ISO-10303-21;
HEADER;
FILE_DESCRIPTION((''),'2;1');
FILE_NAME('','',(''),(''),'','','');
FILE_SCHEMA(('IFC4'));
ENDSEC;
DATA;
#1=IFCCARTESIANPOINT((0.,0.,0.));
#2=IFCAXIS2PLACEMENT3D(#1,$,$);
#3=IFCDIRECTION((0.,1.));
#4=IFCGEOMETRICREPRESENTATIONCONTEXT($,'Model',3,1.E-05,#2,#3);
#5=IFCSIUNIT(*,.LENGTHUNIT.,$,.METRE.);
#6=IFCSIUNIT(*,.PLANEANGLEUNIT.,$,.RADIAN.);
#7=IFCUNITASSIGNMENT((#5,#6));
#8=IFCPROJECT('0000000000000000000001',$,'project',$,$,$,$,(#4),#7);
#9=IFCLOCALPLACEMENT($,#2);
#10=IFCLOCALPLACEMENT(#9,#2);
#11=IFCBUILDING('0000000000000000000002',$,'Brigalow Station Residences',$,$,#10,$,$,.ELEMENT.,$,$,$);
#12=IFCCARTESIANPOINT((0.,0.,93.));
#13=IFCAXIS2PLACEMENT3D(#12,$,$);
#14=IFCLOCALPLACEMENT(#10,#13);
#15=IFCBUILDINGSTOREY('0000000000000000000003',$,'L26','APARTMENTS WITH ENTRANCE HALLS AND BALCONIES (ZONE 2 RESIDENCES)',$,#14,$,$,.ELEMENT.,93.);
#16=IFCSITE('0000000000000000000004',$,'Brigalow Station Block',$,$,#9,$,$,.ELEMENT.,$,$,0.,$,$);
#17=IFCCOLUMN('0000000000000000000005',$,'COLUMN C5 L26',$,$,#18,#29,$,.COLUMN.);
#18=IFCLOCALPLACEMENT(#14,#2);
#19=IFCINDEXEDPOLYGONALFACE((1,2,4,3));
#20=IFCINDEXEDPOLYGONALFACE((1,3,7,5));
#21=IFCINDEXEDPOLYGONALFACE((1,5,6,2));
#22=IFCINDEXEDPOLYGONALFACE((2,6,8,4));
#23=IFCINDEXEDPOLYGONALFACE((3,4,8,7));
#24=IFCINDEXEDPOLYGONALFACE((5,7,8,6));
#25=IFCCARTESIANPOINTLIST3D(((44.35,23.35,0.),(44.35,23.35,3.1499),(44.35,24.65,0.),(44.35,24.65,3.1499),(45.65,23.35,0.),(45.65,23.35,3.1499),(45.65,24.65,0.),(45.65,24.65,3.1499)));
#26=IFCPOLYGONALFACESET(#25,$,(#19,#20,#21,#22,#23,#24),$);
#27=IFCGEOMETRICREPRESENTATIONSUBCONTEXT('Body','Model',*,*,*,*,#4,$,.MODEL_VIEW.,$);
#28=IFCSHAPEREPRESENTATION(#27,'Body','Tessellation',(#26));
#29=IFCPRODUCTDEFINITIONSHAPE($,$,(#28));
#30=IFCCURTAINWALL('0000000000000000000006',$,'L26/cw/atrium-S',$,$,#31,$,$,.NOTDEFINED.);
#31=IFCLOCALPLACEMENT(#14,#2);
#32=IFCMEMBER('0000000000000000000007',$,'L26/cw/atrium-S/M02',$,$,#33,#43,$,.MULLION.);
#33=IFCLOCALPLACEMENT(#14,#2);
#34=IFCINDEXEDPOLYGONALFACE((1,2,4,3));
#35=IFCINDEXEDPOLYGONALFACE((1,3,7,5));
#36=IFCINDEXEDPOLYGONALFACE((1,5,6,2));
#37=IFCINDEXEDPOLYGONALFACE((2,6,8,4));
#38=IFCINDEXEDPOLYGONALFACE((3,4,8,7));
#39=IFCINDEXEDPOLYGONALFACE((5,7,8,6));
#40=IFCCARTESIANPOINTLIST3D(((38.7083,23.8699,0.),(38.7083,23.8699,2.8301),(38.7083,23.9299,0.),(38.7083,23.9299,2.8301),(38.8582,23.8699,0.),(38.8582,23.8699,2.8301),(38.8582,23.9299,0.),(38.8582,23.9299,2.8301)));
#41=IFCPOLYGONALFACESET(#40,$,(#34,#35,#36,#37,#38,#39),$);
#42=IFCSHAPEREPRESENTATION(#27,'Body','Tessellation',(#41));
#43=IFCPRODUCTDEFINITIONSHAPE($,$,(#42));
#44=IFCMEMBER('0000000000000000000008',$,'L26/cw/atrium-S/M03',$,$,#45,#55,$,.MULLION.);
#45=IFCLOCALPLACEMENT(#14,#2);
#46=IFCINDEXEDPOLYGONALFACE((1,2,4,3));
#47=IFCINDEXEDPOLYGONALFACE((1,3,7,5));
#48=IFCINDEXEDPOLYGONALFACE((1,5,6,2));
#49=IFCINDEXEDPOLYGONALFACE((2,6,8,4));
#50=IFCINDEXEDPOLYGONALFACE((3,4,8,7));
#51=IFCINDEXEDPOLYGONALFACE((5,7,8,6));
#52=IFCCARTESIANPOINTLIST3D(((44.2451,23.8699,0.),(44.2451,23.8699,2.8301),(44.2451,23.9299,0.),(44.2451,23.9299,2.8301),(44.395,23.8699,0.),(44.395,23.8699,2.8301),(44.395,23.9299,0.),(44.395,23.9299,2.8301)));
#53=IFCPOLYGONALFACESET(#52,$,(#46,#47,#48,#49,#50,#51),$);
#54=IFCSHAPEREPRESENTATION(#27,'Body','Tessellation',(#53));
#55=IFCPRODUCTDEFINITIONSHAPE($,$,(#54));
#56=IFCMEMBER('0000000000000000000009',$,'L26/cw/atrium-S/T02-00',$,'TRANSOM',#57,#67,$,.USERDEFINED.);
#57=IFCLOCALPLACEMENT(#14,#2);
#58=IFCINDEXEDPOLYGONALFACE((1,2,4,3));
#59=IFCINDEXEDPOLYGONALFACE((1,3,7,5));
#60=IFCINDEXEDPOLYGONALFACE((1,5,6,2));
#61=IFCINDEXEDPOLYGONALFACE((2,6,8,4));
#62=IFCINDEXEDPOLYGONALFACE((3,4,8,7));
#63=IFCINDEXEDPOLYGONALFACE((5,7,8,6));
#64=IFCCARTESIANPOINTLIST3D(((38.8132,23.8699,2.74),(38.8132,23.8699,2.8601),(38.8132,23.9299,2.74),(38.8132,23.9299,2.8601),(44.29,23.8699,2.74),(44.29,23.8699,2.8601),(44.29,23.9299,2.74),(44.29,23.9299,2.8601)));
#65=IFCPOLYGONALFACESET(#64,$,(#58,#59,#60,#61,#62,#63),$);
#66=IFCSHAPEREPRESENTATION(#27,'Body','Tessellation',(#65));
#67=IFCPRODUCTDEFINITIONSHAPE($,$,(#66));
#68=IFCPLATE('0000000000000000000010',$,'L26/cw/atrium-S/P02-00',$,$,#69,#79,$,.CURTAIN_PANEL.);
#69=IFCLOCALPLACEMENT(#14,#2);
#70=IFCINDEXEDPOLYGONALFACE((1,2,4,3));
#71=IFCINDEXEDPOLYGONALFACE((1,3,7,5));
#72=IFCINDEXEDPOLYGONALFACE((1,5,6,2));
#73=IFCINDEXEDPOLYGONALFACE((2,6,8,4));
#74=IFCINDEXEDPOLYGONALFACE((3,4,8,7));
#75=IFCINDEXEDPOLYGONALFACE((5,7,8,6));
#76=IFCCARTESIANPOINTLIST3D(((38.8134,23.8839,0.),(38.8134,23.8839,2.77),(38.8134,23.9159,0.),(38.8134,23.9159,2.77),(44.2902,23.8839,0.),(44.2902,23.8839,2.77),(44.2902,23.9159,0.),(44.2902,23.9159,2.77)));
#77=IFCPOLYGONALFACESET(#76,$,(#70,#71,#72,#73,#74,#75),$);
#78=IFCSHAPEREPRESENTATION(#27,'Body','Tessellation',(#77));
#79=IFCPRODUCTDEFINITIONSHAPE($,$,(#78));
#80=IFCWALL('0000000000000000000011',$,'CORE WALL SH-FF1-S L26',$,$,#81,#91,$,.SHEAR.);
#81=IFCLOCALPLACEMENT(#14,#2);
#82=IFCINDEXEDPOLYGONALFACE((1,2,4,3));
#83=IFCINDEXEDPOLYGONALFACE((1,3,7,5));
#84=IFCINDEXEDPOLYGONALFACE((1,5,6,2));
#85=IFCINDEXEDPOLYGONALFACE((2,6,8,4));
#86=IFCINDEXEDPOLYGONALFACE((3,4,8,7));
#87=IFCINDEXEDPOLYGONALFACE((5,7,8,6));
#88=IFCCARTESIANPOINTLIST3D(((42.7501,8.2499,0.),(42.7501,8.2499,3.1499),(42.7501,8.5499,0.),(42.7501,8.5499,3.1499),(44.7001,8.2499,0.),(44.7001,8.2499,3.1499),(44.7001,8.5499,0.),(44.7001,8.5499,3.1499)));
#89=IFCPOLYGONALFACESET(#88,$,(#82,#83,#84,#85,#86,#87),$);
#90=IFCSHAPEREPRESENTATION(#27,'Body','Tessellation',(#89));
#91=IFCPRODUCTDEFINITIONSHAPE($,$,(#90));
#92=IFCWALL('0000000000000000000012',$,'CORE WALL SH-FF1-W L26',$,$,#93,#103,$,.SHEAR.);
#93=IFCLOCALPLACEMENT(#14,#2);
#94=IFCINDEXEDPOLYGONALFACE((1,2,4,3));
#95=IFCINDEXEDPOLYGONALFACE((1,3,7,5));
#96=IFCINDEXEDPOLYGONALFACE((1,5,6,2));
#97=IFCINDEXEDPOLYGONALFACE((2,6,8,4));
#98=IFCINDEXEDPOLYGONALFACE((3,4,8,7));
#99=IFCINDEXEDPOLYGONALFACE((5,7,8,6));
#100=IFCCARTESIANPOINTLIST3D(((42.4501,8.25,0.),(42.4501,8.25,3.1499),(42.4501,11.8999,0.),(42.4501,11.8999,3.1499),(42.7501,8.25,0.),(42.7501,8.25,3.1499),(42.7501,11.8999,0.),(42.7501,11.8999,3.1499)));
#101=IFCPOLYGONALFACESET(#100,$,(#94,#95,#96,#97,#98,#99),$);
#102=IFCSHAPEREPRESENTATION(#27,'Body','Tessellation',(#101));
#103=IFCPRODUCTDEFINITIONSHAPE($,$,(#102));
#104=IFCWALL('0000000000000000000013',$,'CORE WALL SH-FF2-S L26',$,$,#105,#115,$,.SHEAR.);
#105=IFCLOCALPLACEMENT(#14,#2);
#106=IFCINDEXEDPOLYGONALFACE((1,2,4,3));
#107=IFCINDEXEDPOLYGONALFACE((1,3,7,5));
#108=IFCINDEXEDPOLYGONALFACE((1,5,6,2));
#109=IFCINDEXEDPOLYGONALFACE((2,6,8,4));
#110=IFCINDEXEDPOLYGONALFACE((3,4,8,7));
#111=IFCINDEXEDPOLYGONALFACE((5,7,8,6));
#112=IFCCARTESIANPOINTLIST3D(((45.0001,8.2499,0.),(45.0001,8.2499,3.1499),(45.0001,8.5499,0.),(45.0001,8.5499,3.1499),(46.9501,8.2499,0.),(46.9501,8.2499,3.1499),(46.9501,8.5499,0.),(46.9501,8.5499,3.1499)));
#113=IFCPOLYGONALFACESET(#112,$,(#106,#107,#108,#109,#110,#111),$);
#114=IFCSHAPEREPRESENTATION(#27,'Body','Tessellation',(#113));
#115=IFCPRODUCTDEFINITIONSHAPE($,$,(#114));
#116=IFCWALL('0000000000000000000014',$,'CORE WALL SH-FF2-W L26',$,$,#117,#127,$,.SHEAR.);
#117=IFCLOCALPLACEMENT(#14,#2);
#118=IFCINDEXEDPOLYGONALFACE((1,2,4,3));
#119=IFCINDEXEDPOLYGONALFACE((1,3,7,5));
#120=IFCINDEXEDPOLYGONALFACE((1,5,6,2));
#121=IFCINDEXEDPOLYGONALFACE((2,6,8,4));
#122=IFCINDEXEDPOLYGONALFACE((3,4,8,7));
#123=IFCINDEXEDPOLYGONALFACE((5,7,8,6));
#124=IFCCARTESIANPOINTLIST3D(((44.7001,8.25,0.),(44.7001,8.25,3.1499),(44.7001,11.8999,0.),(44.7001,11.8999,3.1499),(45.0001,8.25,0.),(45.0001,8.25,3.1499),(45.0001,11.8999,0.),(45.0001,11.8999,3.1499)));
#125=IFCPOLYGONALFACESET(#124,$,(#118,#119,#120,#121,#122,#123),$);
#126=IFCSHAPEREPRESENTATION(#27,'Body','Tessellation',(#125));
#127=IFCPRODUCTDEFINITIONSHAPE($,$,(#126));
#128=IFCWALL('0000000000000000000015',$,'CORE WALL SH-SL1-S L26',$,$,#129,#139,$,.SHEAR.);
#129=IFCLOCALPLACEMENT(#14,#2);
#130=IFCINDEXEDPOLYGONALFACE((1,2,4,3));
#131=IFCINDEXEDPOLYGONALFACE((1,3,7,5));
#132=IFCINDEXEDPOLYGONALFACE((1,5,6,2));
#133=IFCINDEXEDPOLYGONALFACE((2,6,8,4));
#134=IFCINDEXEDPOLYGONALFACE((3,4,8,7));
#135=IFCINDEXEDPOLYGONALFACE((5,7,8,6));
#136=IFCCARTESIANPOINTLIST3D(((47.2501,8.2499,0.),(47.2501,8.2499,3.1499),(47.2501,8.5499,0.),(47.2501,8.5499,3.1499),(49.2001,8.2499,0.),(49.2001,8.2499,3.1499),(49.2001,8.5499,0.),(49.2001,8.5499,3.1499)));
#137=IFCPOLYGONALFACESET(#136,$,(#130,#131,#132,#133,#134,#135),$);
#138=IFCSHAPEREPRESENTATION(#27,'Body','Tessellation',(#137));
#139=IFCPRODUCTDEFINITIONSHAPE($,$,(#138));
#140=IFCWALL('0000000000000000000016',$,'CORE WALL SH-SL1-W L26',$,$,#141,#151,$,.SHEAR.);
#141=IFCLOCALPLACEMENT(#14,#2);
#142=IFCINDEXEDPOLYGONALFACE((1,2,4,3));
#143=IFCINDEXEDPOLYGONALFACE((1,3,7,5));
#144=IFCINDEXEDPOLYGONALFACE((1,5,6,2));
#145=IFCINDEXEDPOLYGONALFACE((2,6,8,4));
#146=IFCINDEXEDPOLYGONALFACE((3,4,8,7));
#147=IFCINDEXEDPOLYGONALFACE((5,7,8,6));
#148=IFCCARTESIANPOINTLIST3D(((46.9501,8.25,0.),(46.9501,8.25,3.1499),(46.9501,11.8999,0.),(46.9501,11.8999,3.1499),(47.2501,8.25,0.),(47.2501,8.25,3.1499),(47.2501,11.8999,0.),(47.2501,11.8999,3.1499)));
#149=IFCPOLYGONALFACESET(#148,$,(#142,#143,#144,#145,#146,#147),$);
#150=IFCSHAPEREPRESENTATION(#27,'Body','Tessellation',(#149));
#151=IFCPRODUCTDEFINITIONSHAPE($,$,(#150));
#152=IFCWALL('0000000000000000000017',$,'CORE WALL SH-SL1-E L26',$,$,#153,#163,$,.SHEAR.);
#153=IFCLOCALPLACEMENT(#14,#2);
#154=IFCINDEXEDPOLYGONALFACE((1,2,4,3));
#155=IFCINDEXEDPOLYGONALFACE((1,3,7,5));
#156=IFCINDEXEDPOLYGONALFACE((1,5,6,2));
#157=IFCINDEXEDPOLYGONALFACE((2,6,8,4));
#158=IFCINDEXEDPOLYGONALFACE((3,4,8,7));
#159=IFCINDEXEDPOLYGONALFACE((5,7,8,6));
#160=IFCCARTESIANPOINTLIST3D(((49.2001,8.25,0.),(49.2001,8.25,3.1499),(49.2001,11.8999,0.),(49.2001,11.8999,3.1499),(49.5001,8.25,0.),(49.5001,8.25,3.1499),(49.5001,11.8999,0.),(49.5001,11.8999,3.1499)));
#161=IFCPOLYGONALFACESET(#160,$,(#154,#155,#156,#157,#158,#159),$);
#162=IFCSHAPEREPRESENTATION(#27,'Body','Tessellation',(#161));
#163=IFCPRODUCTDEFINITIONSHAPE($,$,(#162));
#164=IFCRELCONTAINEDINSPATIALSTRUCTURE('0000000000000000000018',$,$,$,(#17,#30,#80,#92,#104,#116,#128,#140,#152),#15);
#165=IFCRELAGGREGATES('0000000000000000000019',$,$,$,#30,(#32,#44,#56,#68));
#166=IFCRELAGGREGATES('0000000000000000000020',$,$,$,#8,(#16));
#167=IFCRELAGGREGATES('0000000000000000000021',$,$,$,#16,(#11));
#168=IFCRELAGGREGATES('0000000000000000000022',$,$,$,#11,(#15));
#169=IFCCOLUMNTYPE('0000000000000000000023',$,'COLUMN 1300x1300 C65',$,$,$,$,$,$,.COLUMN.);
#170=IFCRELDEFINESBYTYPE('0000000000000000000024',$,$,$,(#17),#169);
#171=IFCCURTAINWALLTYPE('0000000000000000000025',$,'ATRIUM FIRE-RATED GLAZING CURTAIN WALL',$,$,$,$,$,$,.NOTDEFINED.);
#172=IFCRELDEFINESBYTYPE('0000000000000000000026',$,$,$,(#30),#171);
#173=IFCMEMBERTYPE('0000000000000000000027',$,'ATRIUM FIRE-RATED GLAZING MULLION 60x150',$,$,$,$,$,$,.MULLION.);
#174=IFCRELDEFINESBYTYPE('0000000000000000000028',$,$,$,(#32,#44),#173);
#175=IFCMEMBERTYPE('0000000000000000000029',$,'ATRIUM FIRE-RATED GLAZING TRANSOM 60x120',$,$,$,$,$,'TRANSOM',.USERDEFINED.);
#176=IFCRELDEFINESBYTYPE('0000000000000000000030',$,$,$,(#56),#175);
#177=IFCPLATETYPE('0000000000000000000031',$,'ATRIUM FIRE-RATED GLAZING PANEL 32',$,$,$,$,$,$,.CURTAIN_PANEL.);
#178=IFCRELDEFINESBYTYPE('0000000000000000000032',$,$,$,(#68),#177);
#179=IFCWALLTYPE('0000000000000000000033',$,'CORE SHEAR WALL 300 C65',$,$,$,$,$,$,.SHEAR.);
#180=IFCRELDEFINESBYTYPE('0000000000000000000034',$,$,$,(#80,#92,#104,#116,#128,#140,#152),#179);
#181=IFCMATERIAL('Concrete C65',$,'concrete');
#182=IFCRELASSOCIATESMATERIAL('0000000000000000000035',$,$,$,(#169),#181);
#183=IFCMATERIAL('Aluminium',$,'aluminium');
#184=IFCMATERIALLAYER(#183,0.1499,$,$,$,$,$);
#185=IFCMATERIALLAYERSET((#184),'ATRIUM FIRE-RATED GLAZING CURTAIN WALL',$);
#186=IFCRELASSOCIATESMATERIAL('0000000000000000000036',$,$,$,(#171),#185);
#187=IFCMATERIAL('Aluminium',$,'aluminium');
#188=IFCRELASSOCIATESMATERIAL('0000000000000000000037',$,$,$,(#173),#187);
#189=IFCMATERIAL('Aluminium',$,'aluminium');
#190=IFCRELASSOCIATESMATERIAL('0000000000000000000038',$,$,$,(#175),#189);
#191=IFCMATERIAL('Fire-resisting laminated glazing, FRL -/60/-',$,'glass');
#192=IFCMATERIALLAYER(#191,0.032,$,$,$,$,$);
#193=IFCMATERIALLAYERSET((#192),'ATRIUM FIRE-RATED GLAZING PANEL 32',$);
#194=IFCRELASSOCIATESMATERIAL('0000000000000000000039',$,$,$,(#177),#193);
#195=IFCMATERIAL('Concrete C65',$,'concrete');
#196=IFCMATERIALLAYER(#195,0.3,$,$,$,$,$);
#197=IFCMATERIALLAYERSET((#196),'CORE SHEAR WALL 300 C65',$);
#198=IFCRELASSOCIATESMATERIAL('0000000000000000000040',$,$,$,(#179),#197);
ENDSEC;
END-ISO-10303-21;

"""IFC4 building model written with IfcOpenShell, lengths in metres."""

from ifc_helpers import new_model, si_unit, direction, frame, frame_2d, origin, origin_2d, place, context, subcontext, project, spatial, rectangle, extrude, material, layer, layer_set, material_profile, profile_set, type_object, element, aggregate, save


model = new_model("IFC4")

# Units and contexts
model_context = context("Model", 3, precision=1e-05, world=origin(), true_north=direction((0.0, 1.0)))
body_context = subcontext(model_context, "Body", "Model", "MODEL_VIEW")
ifc_project = project(units=[si_unit("LENGTHUNIT", "METRE"), si_unit("PLANEANGLEUNIT", "RADIAN")], contexts=[model_context])

# Site, building, storey
site_placement = place(None, origin())
site = spatial("IfcSite", under=ifc_project, at=site_placement, Name="Brigalow Station Block", CompositionType="ELEMENT", RefElevation=0.0)
building_placement = place(site_placement, origin())
building = spatial("IfcBuilding", under=site, at=building_placement, Name="Brigalow Station Residences", CompositionType="ELEMENT")
storey_placement = place(building_placement, frame((0.0, 0.0, 93.0)))
storey = spatial("IfcBuildingStorey", under=building, at=storey_placement, Name="L26", Description="APARTMENTS WITH ENTRANCE HALLS AND BALCONIES (ZONE 2 RESIDENCES)", CompositionType="ELEMENT", Elevation=93.0)

# Column
ifc_material_1 = material(Name="Concrete C65", Category="concrete")
ifc_material_profile_1 = material_profile(ifc_material_1, rectangle(XDim=1.3, YDim=1.3, at=origin_2d()), Name="RC1300x1300")
ifc_profile_set_1 = profile_set([ifc_material_profile_1], Name="Concrete C65")
column_type = type_object("IfcColumnType", Name="COLUMN 1300x1300 C65", PredefinedType="COLUMN", material=ifc_profile_set_1)
column_placement = place(storey_placement, frame((45.0, 24.0, 0.0), z_axis=(0.0, 0.0, 1.0), x_axis=(1.0, 0.0, 0.0)))
element("IfcColumn", 1, at=column_placement, inside=storey, type_object=column_type, Name="COLUMN C5 L26", PredefinedType="COLUMN", context=body_context, shape_type="SweptSolid", body=[
    extrude(rectangle(XDim=1.3, YDim=1.3, at=origin_2d()), origin(), (0.0, 0.0, 1.0), 3.1499),
])

# Curtain wall, members, plate
ifc_material_2 = material(Name="Aluminium", Category="aluminium")
ifc_layer_1 = layer(ifc_material_2, 0.1499)
ifc_layer_set_1 = layer_set([ifc_layer_1], Name="ATRIUM FIRE-RATED GLAZING CURTAIN WALL")
curtain_wall_type = type_object("IfcCurtainWallType", Name="ATRIUM FIRE-RATED GLAZING CURTAIN WALL", PredefinedType="NOTDEFINED", material=ifc_layer_set_1)
curtain_wall_placement = place(storey_placement, origin())
curtain_wall = element("IfcCurtainWall", 2, at=curtain_wall_placement, inside=storey, type_object=curtain_wall_type, Name="L26/cw/atrium-S", PredefinedType="NOTDEFINED")
ifc_material_3 = material(Name="Aluminium", Category="aluminium")
ifc_material_profile_2 = material_profile(ifc_material_3, rectangle(XDim=0.0601, YDim=0.1499, at=origin_2d()), Name="ATRIUM FIRE-RATED GLAZING MULLION 60x150")
ifc_profile_set_2 = profile_set([ifc_material_profile_2], Name="Aluminium")
member_type_1 = type_object("IfcMemberType", Name="ATRIUM FIRE-RATED GLAZING MULLION 60x150", PredefinedType="MULLION", material=ifc_profile_set_2)
member_1_placement = place(storey_placement, frame((38.7832, 23.8999, 0.0), z_axis=(0.0, 0.0, 1.0), x_axis=(0.0, 1.0, 0.0)))
member_1 = element("IfcMember", 3, at=member_1_placement, type_object=member_type_1, Name="L26/cw/atrium-S/M02", PredefinedType="MULLION", context=body_context, shape_type="SweptSolid", body=[
    extrude(rectangle(XDim=0.0601, YDim=0.1499, at=origin_2d()), origin(), (0.0, 0.0, 1.0), 2.8301),
])
member_2_placement = place(storey_placement, frame((44.3201, 23.8999, 0.0), z_axis=(0.0, 0.0, 1.0), x_axis=(0.0, 1.0, 0.0)))
member_2 = element("IfcMember", 4, at=member_2_placement, type_object=member_type_1, Name="L26/cw/atrium-S/M03", PredefinedType="MULLION", context=body_context, shape_type="SweptSolid", body=[
    extrude(rectangle(XDim=0.0601, YDim=0.1499, at=origin_2d()), origin(), (0.0, 0.0, 1.0), 2.8301),
])
ifc_material_4 = material(Name="Aluminium", Category="aluminium")
ifc_material_profile_3 = material_profile(ifc_material_4, rectangle(XDim=0.0601, YDim=0.1201, at=origin_2d()), Name="ATRIUM FIRE-RATED GLAZING TRANSOM 60x120")
ifc_profile_set_3 = profile_set([ifc_material_profile_3], Name="Aluminium")
member_type_2 = type_object("IfcMemberType", Name="ATRIUM FIRE-RATED GLAZING TRANSOM 60x120", ElementType="TRANSOM", PredefinedType="USERDEFINED", material=ifc_profile_set_3)
member_3_placement = place(storey_placement, frame((38.8132, 23.8999, 2.8), z_axis=(1.0, 0.0, 0.0), x_axis=(0.0, 1.0, 0.0)))
member_3 = element("IfcMember", 5, at=member_3_placement, type_object=member_type_2, Name="L26/cw/atrium-S/T02-00", ObjectType="TRANSOM", PredefinedType="USERDEFINED", context=body_context, shape_type="SweptSolid", body=[
    extrude(rectangle(XDim=0.0601, YDim=0.1201, at=origin_2d()), origin(), (0.0, 0.0, 1.0), 5.4768),
])
ifc_material_5 = material(Name="Fire-resisting laminated glazing, FRL -/60/-", Category="glass")
ifc_layer_2 = layer(ifc_material_5, 0.032)
ifc_layer_set_2 = layer_set([ifc_layer_2], Name="ATRIUM FIRE-RATED GLAZING PANEL 32")
plate_type = type_object("IfcPlateType", Name="ATRIUM FIRE-RATED GLAZING PANEL 32", PredefinedType="CURTAIN_PANEL", material=ifc_layer_set_2)
plate_placement = place(storey_placement, frame((41.5518, 23.8999, 0.0), z_axis=(0.0, 0.0, 1.0), x_axis=(1.0, 0.0, 0.0)))
plate = element("IfcPlate", 6, at=plate_placement, type_object=plate_type, Name="L26/cw/atrium-S/P02-00", PredefinedType="CURTAIN_PANEL", context=body_context, shape_type="SweptSolid", body=[
    extrude(rectangle(XDim=5.4768, YDim=0.032, at=origin_2d()), origin(), (0.0, 0.0, 1.0), 2.77),
])
aggregate(curtain_wall, [member_1, member_2, member_3, plate])

# Walls
ifc_material_6 = material(Name="Concrete C65", Category="concrete")
ifc_layer_3 = layer(ifc_material_6, 0.3)
ifc_layer_set_3 = layer_set([ifc_layer_3], Name="CORE SHEAR WALL 300 C65")
wall_type_1 = type_object("IfcWallType", Name="CORE SHEAR WALL 300 C65", PredefinedType="SHEAR", material=ifc_layer_set_3)
wall_1_placement = place(storey_placement, frame((42.75, 8.3999, 0.0), z_axis=(0.0, 0.0, 1.0), x_axis=(1.0, 0.0, 0.0)))
element("IfcWall", 7, at=wall_1_placement, inside=storey, type_object=wall_type_1, Name="CORE WALL SH-FF1-S L26", PredefinedType="SHEAR", context=body_context, shape_type="SweptSolid", body=[
    extrude(rectangle(XDim=1.95, YDim=0.3, at=frame_2d((0.9751, 0.0))), origin(), (0.0, 0.0, 1.0), 3.1499),
])
wall_2_placement = place(storey_placement, frame((42.6001, 8.25, 0.0), z_axis=(0.0, 0.0, 1.0), x_axis=(0.0, 1.0, 0.0)))
element("IfcWall", 8, at=wall_2_placement, inside=storey, type_object=wall_type_1, Name="CORE WALL SH-FF1-W L26", PredefinedType="SHEAR", context=body_context, shape_type="SweptSolid", body=[
    extrude(rectangle(XDim=3.6499, YDim=0.3, at=frame_2d((1.825, 0.0))), origin(), (0.0, 0.0, 1.0), 3.1499),
])
wall_3_placement = place(storey_placement, frame((45.0, 8.3999, 0.0), z_axis=(0.0, 0.0, 1.0), x_axis=(1.0, 0.0, 0.0)))
element("IfcWall", 9, at=wall_3_placement, inside=storey, type_object=wall_type_1, Name="CORE WALL SH-FF2-S L26", PredefinedType="SHEAR", context=body_context, shape_type="SweptSolid", body=[
    extrude(rectangle(XDim=1.95, YDim=0.3, at=frame_2d((0.9751, 0.0))), origin(), (0.0, 0.0, 1.0), 3.1499),
])
wall_4_placement = place(storey_placement, frame((44.8501, 8.25, 0.0), z_axis=(0.0, 0.0, 1.0), x_axis=(0.0, 1.0, 0.0)))
element("IfcWall", 10, at=wall_4_placement, inside=storey, type_object=wall_type_1, Name="CORE WALL SH-FF2-W L26", PredefinedType="SHEAR", context=body_context, shape_type="SweptSolid", body=[
    extrude(rectangle(XDim=3.6499, YDim=0.3, at=frame_2d((1.825, 0.0))), origin(), (0.0, 0.0, 1.0), 3.1499),
])
wall_5_placement = place(storey_placement, frame((47.25, 8.3999, 0.0), z_axis=(0.0, 0.0, 1.0), x_axis=(1.0, 0.0, 0.0)))
element("IfcWall", 11, at=wall_5_placement, inside=storey, type_object=wall_type_1, Name="CORE WALL SH-SL1-S L26", PredefinedType="SHEAR", context=body_context, shape_type="SweptSolid", body=[
    extrude(rectangle(XDim=1.95, YDim=0.3, at=frame_2d((0.9751, 0.0))), origin(), (0.0, 0.0, 1.0), 3.1499),
])
for number, where, z_axis, x_axis, name in (
    (12, (47.1001, 8.25, 0.0), (0.0, 0.0, 1.0), (0.0, 1.0, 0.0), "CORE WALL SH-SL1-W L26"),
    (13, (49.3501, 8.25, 0.0), (0.0, 0.0, 1.0), (0.0, 1.0, 0.0), "CORE WALL SH-SL1-E L26"),
):
    element("IfcWall", number, at=place(storey_placement, frame(where, z_axis=z_axis, x_axis=x_axis)), inside=storey, type_object=wall_type_1, Name=name, PredefinedType="SHEAR", context=body_context, shape_type="SweptSolid", body=[
        extrude(rectangle(XDim=3.6499, YDim=0.3, at=frame_2d((1.825, 0.0))), origin(), (0.0, 0.0, 1.0), 3.1499),
    ])

save(model, "model.ifc")
